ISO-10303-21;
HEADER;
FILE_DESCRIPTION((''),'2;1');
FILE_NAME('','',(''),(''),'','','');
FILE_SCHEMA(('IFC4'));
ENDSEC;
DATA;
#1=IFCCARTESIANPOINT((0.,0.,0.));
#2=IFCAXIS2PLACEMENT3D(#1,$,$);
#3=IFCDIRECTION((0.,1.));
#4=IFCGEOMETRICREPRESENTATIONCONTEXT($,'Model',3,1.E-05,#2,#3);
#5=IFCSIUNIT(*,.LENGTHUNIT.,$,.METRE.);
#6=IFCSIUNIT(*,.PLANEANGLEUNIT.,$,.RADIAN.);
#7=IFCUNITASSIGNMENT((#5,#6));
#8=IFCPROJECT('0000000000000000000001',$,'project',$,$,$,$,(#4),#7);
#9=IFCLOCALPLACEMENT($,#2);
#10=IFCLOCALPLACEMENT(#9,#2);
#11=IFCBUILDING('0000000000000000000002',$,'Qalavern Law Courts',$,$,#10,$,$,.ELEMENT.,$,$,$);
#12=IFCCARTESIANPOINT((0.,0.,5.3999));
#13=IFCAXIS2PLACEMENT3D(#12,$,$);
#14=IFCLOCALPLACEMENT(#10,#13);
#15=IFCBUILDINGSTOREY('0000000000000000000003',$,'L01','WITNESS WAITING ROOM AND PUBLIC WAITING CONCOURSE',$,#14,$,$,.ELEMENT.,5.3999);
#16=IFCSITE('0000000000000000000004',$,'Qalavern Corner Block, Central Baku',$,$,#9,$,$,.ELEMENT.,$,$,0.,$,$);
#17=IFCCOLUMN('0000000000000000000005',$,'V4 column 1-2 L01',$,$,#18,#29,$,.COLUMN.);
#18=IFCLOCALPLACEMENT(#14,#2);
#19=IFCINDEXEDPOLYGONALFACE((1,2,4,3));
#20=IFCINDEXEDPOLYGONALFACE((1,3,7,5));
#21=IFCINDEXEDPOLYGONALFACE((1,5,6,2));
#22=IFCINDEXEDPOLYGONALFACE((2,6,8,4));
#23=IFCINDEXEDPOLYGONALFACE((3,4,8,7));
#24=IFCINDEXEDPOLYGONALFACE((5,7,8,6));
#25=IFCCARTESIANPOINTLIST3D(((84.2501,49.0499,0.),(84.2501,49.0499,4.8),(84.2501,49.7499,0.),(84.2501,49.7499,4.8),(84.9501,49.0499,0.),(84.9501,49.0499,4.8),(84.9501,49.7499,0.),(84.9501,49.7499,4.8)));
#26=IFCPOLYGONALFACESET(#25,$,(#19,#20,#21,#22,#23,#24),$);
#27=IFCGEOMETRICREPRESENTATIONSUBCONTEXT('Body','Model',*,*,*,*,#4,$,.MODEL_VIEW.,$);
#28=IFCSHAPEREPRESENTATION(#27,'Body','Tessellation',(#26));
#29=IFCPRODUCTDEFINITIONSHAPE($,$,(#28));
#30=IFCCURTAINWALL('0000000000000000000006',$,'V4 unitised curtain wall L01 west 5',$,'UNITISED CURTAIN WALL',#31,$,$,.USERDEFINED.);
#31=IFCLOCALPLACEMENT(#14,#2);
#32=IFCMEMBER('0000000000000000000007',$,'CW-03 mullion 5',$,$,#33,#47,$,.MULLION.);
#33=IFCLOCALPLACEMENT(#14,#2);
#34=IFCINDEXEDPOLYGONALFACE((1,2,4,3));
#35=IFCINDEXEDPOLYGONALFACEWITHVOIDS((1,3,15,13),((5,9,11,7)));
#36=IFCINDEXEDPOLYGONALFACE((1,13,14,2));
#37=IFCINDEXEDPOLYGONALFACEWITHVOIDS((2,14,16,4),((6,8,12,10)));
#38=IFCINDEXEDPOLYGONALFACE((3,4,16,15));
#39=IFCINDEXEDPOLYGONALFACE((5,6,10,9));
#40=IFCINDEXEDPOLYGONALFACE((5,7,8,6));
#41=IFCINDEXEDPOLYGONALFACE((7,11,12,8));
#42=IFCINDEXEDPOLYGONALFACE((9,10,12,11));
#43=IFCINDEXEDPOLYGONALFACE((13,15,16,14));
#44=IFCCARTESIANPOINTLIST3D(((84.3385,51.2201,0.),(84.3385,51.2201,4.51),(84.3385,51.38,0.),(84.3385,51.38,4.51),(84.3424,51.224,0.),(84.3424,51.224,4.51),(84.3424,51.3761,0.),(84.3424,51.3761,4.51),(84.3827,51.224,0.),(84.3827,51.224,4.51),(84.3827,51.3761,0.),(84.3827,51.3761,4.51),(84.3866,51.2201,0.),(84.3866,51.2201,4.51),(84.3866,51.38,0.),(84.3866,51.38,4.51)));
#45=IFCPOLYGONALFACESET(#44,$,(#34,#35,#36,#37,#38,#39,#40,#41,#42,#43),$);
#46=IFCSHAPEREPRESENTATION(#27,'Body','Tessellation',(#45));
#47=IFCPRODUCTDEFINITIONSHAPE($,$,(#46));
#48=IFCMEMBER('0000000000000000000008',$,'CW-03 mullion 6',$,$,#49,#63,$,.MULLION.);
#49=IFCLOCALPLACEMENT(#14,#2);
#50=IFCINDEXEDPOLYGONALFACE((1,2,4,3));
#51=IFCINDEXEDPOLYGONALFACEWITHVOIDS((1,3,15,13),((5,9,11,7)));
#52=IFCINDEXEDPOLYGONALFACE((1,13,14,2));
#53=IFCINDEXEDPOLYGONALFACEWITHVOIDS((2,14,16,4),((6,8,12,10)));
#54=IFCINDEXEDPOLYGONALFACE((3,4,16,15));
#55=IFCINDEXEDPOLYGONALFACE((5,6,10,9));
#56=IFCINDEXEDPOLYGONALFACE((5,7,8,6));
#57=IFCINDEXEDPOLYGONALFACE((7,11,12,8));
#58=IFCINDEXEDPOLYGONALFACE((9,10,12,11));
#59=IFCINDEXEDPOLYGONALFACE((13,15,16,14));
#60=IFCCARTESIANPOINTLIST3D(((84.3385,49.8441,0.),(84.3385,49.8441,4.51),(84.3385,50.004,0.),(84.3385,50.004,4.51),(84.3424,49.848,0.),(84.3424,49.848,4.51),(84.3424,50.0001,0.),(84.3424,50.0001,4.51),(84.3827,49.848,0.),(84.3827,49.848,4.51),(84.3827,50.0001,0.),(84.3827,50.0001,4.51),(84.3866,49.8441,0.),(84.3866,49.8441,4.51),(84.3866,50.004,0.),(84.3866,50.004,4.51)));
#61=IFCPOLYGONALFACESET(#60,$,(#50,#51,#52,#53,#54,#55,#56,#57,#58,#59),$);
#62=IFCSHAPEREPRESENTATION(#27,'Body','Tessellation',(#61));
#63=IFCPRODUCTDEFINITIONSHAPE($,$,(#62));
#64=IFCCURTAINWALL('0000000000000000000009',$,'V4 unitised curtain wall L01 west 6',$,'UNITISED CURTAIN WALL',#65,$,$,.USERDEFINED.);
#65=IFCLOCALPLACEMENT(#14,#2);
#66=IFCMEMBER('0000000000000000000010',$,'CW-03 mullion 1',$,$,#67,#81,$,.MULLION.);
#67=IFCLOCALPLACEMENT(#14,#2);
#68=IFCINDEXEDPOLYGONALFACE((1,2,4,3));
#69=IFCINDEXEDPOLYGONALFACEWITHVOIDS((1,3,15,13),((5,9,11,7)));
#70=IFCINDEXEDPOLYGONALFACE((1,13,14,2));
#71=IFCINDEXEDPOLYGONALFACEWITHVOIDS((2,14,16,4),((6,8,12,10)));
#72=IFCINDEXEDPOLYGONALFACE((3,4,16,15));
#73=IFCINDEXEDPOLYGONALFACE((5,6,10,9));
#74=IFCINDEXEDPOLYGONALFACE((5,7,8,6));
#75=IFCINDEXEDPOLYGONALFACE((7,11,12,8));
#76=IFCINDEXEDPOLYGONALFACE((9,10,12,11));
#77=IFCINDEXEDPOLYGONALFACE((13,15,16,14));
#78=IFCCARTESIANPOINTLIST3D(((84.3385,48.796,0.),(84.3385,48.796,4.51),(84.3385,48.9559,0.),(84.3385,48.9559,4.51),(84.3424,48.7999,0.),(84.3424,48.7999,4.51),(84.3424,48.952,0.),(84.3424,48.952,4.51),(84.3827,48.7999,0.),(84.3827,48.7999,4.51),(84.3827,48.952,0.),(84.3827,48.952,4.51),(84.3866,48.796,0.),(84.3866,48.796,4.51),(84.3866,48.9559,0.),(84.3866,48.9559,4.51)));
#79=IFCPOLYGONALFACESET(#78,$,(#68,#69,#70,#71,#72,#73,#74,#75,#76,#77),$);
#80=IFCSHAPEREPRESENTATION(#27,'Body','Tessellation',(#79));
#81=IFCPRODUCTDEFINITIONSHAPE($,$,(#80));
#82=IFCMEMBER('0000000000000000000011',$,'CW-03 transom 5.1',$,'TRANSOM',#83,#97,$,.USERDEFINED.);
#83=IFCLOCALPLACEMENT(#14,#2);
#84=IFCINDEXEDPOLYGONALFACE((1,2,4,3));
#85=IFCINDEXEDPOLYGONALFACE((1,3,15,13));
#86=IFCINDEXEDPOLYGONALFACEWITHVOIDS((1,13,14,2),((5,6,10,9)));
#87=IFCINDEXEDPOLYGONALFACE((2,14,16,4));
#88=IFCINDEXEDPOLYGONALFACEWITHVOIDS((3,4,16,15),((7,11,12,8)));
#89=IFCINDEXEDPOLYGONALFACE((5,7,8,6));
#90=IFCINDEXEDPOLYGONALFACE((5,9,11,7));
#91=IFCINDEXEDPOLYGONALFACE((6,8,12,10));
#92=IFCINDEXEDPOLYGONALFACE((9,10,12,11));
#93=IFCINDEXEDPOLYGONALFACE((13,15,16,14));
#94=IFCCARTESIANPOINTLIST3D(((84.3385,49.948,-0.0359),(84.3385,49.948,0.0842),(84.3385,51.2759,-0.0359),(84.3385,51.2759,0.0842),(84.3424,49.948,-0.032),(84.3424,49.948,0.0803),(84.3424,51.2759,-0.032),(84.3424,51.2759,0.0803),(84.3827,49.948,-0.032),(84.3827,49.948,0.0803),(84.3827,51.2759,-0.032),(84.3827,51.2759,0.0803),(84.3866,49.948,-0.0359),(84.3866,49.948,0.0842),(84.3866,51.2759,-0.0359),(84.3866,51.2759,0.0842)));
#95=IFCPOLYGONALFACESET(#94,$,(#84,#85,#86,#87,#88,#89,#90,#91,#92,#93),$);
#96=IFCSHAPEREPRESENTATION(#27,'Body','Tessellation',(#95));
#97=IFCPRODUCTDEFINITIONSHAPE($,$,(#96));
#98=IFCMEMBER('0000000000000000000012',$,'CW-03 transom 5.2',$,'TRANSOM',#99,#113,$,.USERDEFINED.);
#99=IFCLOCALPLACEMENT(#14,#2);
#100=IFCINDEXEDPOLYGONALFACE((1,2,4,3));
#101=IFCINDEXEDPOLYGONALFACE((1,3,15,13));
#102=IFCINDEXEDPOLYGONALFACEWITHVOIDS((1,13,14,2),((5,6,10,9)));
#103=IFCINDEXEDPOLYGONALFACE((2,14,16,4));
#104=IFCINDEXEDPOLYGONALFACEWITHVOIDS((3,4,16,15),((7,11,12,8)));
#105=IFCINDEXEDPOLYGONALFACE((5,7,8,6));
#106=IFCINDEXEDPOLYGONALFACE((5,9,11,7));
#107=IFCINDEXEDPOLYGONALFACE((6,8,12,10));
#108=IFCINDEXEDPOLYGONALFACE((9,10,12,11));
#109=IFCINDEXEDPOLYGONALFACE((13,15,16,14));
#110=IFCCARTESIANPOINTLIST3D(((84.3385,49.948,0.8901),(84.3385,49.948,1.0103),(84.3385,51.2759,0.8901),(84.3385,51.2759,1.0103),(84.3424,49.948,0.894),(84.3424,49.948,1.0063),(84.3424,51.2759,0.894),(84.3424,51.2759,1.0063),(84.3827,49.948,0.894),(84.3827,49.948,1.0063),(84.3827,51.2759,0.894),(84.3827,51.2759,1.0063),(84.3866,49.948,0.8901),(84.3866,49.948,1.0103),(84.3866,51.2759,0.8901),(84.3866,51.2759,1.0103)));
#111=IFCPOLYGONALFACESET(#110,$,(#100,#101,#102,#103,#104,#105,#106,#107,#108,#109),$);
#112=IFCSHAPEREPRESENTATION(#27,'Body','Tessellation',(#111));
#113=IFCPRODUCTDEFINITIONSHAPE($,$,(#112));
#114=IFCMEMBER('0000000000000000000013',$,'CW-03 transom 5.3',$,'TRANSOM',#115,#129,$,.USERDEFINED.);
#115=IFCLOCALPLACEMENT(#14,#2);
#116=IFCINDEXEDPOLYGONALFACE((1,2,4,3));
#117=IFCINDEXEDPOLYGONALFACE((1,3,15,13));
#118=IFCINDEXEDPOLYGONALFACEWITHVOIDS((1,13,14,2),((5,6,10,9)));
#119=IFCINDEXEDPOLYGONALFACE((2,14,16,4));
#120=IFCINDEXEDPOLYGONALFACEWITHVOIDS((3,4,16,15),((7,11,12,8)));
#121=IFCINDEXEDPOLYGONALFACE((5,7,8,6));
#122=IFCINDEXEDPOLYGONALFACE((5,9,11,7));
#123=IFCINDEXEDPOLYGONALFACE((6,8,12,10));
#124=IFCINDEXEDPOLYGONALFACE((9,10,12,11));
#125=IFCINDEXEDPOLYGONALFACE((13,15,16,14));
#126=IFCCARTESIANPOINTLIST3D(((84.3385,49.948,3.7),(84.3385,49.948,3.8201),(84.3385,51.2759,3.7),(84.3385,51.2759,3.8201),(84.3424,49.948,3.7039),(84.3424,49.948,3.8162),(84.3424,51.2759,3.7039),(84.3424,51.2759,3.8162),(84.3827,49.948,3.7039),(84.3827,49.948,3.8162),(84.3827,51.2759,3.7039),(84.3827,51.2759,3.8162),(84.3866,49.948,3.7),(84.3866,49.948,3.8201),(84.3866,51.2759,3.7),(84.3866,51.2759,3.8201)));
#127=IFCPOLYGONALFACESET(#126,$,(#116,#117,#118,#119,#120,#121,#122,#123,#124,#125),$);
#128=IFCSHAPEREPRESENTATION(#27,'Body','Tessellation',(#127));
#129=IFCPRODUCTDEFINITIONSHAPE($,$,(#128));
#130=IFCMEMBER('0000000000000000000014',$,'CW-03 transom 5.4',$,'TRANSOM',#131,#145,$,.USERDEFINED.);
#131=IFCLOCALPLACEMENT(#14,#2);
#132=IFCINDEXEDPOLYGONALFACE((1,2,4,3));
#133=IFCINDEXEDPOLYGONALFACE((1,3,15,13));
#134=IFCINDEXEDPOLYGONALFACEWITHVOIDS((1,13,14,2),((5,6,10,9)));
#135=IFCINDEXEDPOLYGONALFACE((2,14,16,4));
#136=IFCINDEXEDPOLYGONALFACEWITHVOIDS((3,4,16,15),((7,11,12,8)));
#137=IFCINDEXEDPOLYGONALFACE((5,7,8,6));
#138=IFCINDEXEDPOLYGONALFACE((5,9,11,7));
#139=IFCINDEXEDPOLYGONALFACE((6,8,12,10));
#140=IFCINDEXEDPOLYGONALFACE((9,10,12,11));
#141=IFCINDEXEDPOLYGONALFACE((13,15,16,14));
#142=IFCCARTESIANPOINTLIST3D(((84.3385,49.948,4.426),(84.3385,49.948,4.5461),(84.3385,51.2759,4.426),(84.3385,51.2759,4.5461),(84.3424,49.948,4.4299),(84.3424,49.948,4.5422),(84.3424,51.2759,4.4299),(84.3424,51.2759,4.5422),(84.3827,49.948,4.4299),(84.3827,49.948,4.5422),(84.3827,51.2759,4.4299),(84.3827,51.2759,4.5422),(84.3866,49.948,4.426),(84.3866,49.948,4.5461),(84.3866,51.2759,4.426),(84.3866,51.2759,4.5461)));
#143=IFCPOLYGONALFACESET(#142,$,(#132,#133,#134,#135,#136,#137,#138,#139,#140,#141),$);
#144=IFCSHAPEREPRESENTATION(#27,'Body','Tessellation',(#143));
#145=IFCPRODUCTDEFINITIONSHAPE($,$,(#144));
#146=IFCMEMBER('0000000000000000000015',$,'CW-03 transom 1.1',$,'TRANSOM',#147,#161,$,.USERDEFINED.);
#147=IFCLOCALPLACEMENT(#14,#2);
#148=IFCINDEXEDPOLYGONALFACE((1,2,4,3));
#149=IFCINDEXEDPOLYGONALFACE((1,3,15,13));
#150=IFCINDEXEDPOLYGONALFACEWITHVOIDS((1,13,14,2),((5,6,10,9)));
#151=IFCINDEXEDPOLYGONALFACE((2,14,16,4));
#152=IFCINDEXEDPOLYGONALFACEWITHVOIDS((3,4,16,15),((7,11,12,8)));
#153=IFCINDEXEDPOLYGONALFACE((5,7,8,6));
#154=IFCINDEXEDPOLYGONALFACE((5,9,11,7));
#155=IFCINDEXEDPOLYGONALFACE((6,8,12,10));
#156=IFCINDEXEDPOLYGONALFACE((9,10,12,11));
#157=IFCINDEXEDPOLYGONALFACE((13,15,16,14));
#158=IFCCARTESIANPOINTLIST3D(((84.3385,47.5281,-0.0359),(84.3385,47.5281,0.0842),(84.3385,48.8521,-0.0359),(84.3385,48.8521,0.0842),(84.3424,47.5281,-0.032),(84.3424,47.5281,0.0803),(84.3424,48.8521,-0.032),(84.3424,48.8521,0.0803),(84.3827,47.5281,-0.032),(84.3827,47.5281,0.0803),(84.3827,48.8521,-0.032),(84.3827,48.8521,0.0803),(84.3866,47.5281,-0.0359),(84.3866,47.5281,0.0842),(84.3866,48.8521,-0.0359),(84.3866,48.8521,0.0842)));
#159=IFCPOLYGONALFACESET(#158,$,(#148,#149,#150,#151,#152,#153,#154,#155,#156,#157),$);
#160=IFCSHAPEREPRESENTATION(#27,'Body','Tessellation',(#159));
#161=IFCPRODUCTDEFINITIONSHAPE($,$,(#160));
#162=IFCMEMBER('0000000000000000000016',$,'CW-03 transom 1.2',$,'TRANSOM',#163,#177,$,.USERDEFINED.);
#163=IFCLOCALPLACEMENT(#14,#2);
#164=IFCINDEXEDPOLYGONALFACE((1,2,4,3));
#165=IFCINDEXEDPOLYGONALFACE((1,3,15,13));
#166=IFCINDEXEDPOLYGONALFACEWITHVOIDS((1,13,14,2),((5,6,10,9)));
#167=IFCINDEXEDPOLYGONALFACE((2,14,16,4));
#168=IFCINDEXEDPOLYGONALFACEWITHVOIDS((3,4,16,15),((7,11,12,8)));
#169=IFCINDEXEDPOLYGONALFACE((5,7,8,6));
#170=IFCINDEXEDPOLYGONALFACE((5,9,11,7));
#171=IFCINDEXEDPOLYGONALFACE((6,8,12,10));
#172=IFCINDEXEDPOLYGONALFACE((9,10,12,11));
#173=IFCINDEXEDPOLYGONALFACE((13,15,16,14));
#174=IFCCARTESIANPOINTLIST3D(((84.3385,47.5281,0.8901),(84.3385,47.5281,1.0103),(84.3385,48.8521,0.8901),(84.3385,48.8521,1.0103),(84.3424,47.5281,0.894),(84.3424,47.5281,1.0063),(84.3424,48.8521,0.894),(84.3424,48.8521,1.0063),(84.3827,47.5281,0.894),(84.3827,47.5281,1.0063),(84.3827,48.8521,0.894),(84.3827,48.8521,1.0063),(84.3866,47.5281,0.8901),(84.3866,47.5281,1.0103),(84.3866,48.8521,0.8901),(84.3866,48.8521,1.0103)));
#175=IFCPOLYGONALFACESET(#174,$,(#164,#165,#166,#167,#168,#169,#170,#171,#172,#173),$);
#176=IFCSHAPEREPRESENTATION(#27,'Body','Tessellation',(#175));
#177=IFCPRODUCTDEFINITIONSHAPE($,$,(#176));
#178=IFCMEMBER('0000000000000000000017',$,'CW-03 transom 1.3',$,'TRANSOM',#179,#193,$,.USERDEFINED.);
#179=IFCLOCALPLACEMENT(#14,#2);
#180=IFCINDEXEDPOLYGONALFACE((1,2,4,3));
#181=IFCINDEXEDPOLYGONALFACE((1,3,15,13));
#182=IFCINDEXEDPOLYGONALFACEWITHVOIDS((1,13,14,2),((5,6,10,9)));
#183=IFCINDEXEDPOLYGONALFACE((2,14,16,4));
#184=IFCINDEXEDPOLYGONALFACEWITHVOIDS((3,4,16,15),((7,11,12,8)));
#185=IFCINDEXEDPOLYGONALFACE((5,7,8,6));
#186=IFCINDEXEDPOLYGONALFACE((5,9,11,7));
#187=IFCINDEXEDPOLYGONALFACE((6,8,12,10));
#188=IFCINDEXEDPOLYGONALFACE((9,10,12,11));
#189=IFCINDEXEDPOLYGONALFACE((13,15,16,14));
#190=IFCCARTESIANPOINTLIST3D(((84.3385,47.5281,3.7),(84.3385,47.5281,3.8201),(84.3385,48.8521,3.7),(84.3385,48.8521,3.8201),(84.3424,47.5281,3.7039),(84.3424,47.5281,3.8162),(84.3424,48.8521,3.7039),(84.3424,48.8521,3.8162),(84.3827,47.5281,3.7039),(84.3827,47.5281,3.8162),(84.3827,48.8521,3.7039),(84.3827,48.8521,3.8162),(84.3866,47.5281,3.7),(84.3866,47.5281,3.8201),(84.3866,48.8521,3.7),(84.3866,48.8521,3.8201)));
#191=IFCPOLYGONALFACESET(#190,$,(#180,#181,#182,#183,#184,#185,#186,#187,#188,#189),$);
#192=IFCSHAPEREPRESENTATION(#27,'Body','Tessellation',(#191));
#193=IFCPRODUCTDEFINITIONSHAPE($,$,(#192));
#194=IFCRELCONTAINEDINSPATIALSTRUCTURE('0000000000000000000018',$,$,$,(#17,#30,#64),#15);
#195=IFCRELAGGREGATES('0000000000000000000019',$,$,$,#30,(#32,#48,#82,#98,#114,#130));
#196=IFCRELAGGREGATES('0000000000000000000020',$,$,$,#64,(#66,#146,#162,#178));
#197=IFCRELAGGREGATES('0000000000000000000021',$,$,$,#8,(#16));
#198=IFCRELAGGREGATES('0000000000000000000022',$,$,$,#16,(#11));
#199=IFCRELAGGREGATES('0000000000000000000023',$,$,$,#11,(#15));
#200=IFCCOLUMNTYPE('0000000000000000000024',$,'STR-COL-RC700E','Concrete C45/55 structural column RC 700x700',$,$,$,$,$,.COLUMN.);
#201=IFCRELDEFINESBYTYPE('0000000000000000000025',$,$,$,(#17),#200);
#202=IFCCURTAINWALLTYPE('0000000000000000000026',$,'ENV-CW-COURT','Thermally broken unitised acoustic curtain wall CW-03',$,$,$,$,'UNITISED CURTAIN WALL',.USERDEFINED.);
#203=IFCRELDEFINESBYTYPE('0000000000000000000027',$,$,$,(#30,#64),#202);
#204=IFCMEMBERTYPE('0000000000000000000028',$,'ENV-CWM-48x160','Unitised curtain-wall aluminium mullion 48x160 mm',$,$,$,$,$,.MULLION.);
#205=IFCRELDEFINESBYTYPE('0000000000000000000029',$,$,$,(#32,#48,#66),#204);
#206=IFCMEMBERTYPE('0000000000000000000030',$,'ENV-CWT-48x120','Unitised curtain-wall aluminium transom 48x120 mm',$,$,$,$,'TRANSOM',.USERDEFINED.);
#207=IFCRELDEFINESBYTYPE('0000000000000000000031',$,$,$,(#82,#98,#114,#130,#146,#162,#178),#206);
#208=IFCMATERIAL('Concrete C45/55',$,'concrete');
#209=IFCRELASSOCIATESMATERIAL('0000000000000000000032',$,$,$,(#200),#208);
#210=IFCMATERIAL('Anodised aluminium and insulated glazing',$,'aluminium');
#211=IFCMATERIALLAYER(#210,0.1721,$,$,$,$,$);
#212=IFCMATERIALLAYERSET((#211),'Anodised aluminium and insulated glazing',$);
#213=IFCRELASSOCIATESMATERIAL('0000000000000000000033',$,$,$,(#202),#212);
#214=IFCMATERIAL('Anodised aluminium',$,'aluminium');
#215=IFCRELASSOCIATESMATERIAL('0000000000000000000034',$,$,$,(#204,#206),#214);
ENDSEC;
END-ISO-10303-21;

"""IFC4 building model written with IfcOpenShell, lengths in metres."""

from ifc_helpers import new_model, si_unit, direction, frame, origin, origin_2d, place, context, subcontext, project, spatial, rectangle, hollow_rectangle, extrude, material, layer, layer_set, material_profile, profile_set, type_object, element, aggregate, save


model = new_model("IFC4")

# Units and contexts
model_context = context("Model", 3, precision=1e-05, world=origin(), true_north=direction((0.0, 1.0)))
body_context = subcontext(model_context, "Body", "Model", "MODEL_VIEW")
ifc_project = project(units=[si_unit("LENGTHUNIT", "METRE"), si_unit("PLANEANGLEUNIT", "RADIAN")], contexts=[model_context])

# Site, building, storey
site_placement = place(None, origin())
site = spatial("IfcSite", under=ifc_project, at=site_placement, Name="Qalavern Corner Block, Central Baku", CompositionType="ELEMENT", RefElevation=0.0)
building_placement = place(site_placement, origin())
building = spatial("IfcBuilding", under=site, at=building_placement, Name="Qalavern Law Courts", CompositionType="ELEMENT")
storey_placement = place(building_placement, frame((0.0, 0.0, 5.3999)))
storey = spatial("IfcBuildingStorey", under=building, at=storey_placement, Name="L01", Description="WITNESS WAITING ROOM AND PUBLIC WAITING CONCOURSE", CompositionType="ELEMENT", Elevation=5.3999)

# Column
ifc_material_1 = material(Name="Concrete C45/55", Category="concrete")
ifc_material_profile_1 = material_profile(ifc_material_1, rectangle(XDim=0.7, YDim=0.7, at=origin_2d()), Name="RC 700x700")
ifc_profile_set_1 = profile_set([ifc_material_profile_1], Name="Concrete C45/55")
column_type = type_object("IfcColumnType", Name="STR-COL-RC700E", Description="Concrete C45/55 structural column RC 700x700", PredefinedType="COLUMN", material=ifc_profile_set_1)
column_placement = place(storey_placement, frame((84.6001, 49.3999, 0.0), z_axis=(0.0, 0.0, 1.0), x_axis=(1.0, 0.0, 0.0)))
element("IfcColumn", 1, at=column_placement, inside=storey, type_object=column_type, Name="V4 column 1-2 L01", PredefinedType="COLUMN", context=body_context, shape_type="SweptSolid", body=[
    extrude(rectangle(XDim=0.7, YDim=0.7, at=origin_2d()), origin(), (0.0, 0.0, 1.0), 4.8),
])

# Curtain wall, members
ifc_material_2 = material(Name="Anodised aluminium and insulated glazing", Category="aluminium")
ifc_layer_1 = layer(ifc_material_2, 0.1721)
ifc_layer_set_1 = layer_set([ifc_layer_1], Name="Anodised aluminium and insulated glazing")
curtain_wall_type = type_object("IfcCurtainWallType", Name="ENV-CW-COURT", Description="Thermally broken unitised acoustic curtain wall CW-03", ElementType="UNITISED CURTAIN WALL", PredefinedType="USERDEFINED", material=ifc_layer_set_1)
curtain_wall_1_placement = place(storey_placement, origin())
curtain_wall_1 = element("IfcCurtainWall", 2, at=curtain_wall_1_placement, inside=storey, type_object=curtain_wall_type, Name="V4 unitised curtain wall L01 west 5", ObjectType="UNITISED CURTAIN WALL", PredefinedType="USERDEFINED")
ifc_material_3 = material(Name="Anodised aluminium", Category="aluminium")
ifc_material_profile_2 = material_profile(ifc_material_3, hollow_rectangle(XDim=0.0481, YDim=0.1599, WallThickness=0.0039, at=origin_2d()), Name="ALU MULLION 48x160")
ifc_profile_set_2 = profile_set([ifc_material_profile_2], Name="Anodised aluminium")
member_type_1 = type_object("IfcMemberType", Name="ENV-CWM-48x160", Description="Unitised curtain-wall aluminium mullion 48x160 mm", PredefinedType="MULLION", material=ifc_profile_set_2)
member_1_placement = place(storey_placement, frame((84.3625, 51.3, 0.0), z_axis=(0.0, 0.0, 1.0), x_axis=(1.0, 0.0, 0.0)))
member_1 = element("IfcMember", 3, at=member_1_placement, type_object=member_type_1, Name="CW-03 mullion 5", PredefinedType="MULLION", context=body_context, shape_type="SweptSolid", body=[
    extrude(hollow_rectangle(XDim=0.0481, YDim=0.1599, WallThickness=0.0039, at=origin_2d()), origin(), (0.0, 0.0, 1.0), 4.51),
])
member_2_placement = place(storey_placement, frame((84.3625, 49.9241, 0.0), z_axis=(0.0, 0.0, 1.0), x_axis=(1.0, 0.0, 0.0)))
member_2 = element("IfcMember", 4, at=member_2_placement, type_object=member_type_1, Name="CW-03 mullion 6", PredefinedType="MULLION", context=body_context, shape_type="SweptSolid", body=[
    extrude(hollow_rectangle(XDim=0.0481, YDim=0.1599, WallThickness=0.0039, at=origin_2d()), origin(), (0.0, 0.0, 1.0), 4.51),
])

# Curtain wall, member
curtain_wall_2_placement = place(storey_placement, origin())
curtain_wall_2 = element("IfcCurtainWall", 5, at=curtain_wall_2_placement, inside=storey, type_object=curtain_wall_type, Name="V4 unitised curtain wall L01 west 6", ObjectType="UNITISED CURTAIN WALL", PredefinedType="USERDEFINED")
member_3_placement = place(storey_placement, frame((84.3625, 48.876, 0.0), z_axis=(0.0, 0.0, 1.0), x_axis=(1.0, 0.0, 0.0)))
member_3 = element("IfcMember", 6, at=member_3_placement, type_object=member_type_1, Name="CW-03 mullion 1", PredefinedType="MULLION", context=body_context, shape_type="SweptSolid", body=[
    extrude(hollow_rectangle(XDim=0.0481, YDim=0.1599, WallThickness=0.0039, at=origin_2d()), origin(), (0.0, 0.0, 1.0), 4.51),
])

# Members
ifc_material_profile_3 = material_profile(ifc_material_3, hollow_rectangle(XDim=0.0481, YDim=0.1201, WallThickness=0.0039, at=origin_2d()), Name="ALU TRANSOM 48x120")
ifc_profile_set_3 = profile_set([ifc_material_profile_3], Name="Anodised aluminium")
member_type_2 = type_object("IfcMemberType", Name="ENV-CWT-48x120", Description="Unitised curtain-wall aluminium transom 48x120 mm", ElementType="TRANSOM", PredefinedType="USERDEFINED", material=ifc_profile_set_3)
member_4_placement = place(storey_placement, frame((84.3625, 51.2759, 0.0242), z_axis=(0.0, -1.0, 0.0), x_axis=(1.0, 0.0, 0.0)))
member_4 = element("IfcMember", 7, at=member_4_placement, type_object=member_type_2, Name="CW-03 transom 5.1", ObjectType="TRANSOM", PredefinedType="USERDEFINED", context=body_context, shape_type="SweptSolid", body=[
    extrude(hollow_rectangle(XDim=0.0481, YDim=0.1201, WallThickness=0.0039, at=origin_2d()), origin(), (0.0, 0.0, 1.0), 1.3279),
])
member_5_placement = place(storey_placement, frame((84.3625, 51.2759, 0.9502), z_axis=(0.0, -1.0, 0.0), x_axis=(1.0, 0.0, 0.0)))
member_5 = element("IfcMember", 8, at=member_5_placement, type_object=member_type_2, Name="CW-03 transom 5.2", ObjectType="TRANSOM", PredefinedType="USERDEFINED", context=body_context, shape_type="SweptSolid", body=[
    extrude(hollow_rectangle(XDim=0.0481, YDim=0.1201, WallThickness=0.0039, at=origin_2d()), origin(), (0.0, 0.0, 1.0), 1.3279),
])
member_6_placement = place(storey_placement, frame((84.3625, 51.2759, 3.76), z_axis=(0.0, -1.0, 0.0), x_axis=(1.0, 0.0, 0.0)))
member_6 = element("IfcMember", 9, at=member_6_placement, type_object=member_type_2, Name="CW-03 transom 5.3", ObjectType="TRANSOM", PredefinedType="USERDEFINED", context=body_context, shape_type="SweptSolid", body=[
    extrude(hollow_rectangle(XDim=0.0481, YDim=0.1201, WallThickness=0.0039, at=origin_2d()), origin(), (0.0, 0.0, 1.0), 1.3279),
])
member_7_placement = place(storey_placement, frame((84.3625, 51.2759, 4.4861), z_axis=(0.0, -1.0, 0.0), x_axis=(1.0, 0.0, 0.0)))
member_7 = element("IfcMember", 10, at=member_7_placement, type_object=member_type_2, Name="CW-03 transom 5.4", ObjectType="TRANSOM", PredefinedType="USERDEFINED", context=body_context, shape_type="SweptSolid", body=[
    extrude(hollow_rectangle(XDim=0.0481, YDim=0.1201, WallThickness=0.0039, at=origin_2d()), origin(), (0.0, 0.0, 1.0), 1.3279),
])
member_8_placement = place(storey_placement, frame((84.3625, 48.8521, 0.0242), z_axis=(0.0, -1.0, 0.0), x_axis=(1.0, 0.0, 0.0)))
member_8 = element("IfcMember", 11, at=member_8_placement, type_object=member_type_2, Name="CW-03 transom 1.1", ObjectType="TRANSOM", PredefinedType="USERDEFINED", context=body_context, shape_type="SweptSolid", body=[
    extrude(hollow_rectangle(XDim=0.0481, YDim=0.1201, WallThickness=0.0039, at=origin_2d()), origin(), (0.0, 0.0, 1.0), 1.324),
])
member_9_placement = place(storey_placement, frame((84.3625, 48.8521, 0.9502), z_axis=(0.0, -1.0, 0.0), x_axis=(1.0, 0.0, 0.0)))
member_9 = element("IfcMember", 12, at=member_9_placement, type_object=member_type_2, Name="CW-03 transom 1.2", ObjectType="TRANSOM", PredefinedType="USERDEFINED", context=body_context, shape_type="SweptSolid", body=[
    extrude(hollow_rectangle(XDim=0.0481, YDim=0.1201, WallThickness=0.0039, at=origin_2d()), origin(), (0.0, 0.0, 1.0), 1.324),
])
member_10_placement = place(storey_placement, frame((84.3625, 48.8521, 3.76), z_axis=(0.0, -1.0, 0.0), x_axis=(1.0, 0.0, 0.0)))
member_10 = element("IfcMember", 13, at=member_10_placement, type_object=member_type_2, Name="CW-03 transom 1.3", ObjectType="TRANSOM", PredefinedType="USERDEFINED", context=body_context, shape_type="SweptSolid", body=[
    extrude(hollow_rectangle(XDim=0.0481, YDim=0.1201, WallThickness=0.0039, at=origin_2d()), origin(), (0.0, 0.0, 1.0), 1.324),
])

aggregate(curtain_wall_1, [member_1, member_2, member_4, member_5, member_6, member_7])
aggregate(curtain_wall_2, [member_3, member_8, member_9, member_10])

save(model, "model.ifc")
